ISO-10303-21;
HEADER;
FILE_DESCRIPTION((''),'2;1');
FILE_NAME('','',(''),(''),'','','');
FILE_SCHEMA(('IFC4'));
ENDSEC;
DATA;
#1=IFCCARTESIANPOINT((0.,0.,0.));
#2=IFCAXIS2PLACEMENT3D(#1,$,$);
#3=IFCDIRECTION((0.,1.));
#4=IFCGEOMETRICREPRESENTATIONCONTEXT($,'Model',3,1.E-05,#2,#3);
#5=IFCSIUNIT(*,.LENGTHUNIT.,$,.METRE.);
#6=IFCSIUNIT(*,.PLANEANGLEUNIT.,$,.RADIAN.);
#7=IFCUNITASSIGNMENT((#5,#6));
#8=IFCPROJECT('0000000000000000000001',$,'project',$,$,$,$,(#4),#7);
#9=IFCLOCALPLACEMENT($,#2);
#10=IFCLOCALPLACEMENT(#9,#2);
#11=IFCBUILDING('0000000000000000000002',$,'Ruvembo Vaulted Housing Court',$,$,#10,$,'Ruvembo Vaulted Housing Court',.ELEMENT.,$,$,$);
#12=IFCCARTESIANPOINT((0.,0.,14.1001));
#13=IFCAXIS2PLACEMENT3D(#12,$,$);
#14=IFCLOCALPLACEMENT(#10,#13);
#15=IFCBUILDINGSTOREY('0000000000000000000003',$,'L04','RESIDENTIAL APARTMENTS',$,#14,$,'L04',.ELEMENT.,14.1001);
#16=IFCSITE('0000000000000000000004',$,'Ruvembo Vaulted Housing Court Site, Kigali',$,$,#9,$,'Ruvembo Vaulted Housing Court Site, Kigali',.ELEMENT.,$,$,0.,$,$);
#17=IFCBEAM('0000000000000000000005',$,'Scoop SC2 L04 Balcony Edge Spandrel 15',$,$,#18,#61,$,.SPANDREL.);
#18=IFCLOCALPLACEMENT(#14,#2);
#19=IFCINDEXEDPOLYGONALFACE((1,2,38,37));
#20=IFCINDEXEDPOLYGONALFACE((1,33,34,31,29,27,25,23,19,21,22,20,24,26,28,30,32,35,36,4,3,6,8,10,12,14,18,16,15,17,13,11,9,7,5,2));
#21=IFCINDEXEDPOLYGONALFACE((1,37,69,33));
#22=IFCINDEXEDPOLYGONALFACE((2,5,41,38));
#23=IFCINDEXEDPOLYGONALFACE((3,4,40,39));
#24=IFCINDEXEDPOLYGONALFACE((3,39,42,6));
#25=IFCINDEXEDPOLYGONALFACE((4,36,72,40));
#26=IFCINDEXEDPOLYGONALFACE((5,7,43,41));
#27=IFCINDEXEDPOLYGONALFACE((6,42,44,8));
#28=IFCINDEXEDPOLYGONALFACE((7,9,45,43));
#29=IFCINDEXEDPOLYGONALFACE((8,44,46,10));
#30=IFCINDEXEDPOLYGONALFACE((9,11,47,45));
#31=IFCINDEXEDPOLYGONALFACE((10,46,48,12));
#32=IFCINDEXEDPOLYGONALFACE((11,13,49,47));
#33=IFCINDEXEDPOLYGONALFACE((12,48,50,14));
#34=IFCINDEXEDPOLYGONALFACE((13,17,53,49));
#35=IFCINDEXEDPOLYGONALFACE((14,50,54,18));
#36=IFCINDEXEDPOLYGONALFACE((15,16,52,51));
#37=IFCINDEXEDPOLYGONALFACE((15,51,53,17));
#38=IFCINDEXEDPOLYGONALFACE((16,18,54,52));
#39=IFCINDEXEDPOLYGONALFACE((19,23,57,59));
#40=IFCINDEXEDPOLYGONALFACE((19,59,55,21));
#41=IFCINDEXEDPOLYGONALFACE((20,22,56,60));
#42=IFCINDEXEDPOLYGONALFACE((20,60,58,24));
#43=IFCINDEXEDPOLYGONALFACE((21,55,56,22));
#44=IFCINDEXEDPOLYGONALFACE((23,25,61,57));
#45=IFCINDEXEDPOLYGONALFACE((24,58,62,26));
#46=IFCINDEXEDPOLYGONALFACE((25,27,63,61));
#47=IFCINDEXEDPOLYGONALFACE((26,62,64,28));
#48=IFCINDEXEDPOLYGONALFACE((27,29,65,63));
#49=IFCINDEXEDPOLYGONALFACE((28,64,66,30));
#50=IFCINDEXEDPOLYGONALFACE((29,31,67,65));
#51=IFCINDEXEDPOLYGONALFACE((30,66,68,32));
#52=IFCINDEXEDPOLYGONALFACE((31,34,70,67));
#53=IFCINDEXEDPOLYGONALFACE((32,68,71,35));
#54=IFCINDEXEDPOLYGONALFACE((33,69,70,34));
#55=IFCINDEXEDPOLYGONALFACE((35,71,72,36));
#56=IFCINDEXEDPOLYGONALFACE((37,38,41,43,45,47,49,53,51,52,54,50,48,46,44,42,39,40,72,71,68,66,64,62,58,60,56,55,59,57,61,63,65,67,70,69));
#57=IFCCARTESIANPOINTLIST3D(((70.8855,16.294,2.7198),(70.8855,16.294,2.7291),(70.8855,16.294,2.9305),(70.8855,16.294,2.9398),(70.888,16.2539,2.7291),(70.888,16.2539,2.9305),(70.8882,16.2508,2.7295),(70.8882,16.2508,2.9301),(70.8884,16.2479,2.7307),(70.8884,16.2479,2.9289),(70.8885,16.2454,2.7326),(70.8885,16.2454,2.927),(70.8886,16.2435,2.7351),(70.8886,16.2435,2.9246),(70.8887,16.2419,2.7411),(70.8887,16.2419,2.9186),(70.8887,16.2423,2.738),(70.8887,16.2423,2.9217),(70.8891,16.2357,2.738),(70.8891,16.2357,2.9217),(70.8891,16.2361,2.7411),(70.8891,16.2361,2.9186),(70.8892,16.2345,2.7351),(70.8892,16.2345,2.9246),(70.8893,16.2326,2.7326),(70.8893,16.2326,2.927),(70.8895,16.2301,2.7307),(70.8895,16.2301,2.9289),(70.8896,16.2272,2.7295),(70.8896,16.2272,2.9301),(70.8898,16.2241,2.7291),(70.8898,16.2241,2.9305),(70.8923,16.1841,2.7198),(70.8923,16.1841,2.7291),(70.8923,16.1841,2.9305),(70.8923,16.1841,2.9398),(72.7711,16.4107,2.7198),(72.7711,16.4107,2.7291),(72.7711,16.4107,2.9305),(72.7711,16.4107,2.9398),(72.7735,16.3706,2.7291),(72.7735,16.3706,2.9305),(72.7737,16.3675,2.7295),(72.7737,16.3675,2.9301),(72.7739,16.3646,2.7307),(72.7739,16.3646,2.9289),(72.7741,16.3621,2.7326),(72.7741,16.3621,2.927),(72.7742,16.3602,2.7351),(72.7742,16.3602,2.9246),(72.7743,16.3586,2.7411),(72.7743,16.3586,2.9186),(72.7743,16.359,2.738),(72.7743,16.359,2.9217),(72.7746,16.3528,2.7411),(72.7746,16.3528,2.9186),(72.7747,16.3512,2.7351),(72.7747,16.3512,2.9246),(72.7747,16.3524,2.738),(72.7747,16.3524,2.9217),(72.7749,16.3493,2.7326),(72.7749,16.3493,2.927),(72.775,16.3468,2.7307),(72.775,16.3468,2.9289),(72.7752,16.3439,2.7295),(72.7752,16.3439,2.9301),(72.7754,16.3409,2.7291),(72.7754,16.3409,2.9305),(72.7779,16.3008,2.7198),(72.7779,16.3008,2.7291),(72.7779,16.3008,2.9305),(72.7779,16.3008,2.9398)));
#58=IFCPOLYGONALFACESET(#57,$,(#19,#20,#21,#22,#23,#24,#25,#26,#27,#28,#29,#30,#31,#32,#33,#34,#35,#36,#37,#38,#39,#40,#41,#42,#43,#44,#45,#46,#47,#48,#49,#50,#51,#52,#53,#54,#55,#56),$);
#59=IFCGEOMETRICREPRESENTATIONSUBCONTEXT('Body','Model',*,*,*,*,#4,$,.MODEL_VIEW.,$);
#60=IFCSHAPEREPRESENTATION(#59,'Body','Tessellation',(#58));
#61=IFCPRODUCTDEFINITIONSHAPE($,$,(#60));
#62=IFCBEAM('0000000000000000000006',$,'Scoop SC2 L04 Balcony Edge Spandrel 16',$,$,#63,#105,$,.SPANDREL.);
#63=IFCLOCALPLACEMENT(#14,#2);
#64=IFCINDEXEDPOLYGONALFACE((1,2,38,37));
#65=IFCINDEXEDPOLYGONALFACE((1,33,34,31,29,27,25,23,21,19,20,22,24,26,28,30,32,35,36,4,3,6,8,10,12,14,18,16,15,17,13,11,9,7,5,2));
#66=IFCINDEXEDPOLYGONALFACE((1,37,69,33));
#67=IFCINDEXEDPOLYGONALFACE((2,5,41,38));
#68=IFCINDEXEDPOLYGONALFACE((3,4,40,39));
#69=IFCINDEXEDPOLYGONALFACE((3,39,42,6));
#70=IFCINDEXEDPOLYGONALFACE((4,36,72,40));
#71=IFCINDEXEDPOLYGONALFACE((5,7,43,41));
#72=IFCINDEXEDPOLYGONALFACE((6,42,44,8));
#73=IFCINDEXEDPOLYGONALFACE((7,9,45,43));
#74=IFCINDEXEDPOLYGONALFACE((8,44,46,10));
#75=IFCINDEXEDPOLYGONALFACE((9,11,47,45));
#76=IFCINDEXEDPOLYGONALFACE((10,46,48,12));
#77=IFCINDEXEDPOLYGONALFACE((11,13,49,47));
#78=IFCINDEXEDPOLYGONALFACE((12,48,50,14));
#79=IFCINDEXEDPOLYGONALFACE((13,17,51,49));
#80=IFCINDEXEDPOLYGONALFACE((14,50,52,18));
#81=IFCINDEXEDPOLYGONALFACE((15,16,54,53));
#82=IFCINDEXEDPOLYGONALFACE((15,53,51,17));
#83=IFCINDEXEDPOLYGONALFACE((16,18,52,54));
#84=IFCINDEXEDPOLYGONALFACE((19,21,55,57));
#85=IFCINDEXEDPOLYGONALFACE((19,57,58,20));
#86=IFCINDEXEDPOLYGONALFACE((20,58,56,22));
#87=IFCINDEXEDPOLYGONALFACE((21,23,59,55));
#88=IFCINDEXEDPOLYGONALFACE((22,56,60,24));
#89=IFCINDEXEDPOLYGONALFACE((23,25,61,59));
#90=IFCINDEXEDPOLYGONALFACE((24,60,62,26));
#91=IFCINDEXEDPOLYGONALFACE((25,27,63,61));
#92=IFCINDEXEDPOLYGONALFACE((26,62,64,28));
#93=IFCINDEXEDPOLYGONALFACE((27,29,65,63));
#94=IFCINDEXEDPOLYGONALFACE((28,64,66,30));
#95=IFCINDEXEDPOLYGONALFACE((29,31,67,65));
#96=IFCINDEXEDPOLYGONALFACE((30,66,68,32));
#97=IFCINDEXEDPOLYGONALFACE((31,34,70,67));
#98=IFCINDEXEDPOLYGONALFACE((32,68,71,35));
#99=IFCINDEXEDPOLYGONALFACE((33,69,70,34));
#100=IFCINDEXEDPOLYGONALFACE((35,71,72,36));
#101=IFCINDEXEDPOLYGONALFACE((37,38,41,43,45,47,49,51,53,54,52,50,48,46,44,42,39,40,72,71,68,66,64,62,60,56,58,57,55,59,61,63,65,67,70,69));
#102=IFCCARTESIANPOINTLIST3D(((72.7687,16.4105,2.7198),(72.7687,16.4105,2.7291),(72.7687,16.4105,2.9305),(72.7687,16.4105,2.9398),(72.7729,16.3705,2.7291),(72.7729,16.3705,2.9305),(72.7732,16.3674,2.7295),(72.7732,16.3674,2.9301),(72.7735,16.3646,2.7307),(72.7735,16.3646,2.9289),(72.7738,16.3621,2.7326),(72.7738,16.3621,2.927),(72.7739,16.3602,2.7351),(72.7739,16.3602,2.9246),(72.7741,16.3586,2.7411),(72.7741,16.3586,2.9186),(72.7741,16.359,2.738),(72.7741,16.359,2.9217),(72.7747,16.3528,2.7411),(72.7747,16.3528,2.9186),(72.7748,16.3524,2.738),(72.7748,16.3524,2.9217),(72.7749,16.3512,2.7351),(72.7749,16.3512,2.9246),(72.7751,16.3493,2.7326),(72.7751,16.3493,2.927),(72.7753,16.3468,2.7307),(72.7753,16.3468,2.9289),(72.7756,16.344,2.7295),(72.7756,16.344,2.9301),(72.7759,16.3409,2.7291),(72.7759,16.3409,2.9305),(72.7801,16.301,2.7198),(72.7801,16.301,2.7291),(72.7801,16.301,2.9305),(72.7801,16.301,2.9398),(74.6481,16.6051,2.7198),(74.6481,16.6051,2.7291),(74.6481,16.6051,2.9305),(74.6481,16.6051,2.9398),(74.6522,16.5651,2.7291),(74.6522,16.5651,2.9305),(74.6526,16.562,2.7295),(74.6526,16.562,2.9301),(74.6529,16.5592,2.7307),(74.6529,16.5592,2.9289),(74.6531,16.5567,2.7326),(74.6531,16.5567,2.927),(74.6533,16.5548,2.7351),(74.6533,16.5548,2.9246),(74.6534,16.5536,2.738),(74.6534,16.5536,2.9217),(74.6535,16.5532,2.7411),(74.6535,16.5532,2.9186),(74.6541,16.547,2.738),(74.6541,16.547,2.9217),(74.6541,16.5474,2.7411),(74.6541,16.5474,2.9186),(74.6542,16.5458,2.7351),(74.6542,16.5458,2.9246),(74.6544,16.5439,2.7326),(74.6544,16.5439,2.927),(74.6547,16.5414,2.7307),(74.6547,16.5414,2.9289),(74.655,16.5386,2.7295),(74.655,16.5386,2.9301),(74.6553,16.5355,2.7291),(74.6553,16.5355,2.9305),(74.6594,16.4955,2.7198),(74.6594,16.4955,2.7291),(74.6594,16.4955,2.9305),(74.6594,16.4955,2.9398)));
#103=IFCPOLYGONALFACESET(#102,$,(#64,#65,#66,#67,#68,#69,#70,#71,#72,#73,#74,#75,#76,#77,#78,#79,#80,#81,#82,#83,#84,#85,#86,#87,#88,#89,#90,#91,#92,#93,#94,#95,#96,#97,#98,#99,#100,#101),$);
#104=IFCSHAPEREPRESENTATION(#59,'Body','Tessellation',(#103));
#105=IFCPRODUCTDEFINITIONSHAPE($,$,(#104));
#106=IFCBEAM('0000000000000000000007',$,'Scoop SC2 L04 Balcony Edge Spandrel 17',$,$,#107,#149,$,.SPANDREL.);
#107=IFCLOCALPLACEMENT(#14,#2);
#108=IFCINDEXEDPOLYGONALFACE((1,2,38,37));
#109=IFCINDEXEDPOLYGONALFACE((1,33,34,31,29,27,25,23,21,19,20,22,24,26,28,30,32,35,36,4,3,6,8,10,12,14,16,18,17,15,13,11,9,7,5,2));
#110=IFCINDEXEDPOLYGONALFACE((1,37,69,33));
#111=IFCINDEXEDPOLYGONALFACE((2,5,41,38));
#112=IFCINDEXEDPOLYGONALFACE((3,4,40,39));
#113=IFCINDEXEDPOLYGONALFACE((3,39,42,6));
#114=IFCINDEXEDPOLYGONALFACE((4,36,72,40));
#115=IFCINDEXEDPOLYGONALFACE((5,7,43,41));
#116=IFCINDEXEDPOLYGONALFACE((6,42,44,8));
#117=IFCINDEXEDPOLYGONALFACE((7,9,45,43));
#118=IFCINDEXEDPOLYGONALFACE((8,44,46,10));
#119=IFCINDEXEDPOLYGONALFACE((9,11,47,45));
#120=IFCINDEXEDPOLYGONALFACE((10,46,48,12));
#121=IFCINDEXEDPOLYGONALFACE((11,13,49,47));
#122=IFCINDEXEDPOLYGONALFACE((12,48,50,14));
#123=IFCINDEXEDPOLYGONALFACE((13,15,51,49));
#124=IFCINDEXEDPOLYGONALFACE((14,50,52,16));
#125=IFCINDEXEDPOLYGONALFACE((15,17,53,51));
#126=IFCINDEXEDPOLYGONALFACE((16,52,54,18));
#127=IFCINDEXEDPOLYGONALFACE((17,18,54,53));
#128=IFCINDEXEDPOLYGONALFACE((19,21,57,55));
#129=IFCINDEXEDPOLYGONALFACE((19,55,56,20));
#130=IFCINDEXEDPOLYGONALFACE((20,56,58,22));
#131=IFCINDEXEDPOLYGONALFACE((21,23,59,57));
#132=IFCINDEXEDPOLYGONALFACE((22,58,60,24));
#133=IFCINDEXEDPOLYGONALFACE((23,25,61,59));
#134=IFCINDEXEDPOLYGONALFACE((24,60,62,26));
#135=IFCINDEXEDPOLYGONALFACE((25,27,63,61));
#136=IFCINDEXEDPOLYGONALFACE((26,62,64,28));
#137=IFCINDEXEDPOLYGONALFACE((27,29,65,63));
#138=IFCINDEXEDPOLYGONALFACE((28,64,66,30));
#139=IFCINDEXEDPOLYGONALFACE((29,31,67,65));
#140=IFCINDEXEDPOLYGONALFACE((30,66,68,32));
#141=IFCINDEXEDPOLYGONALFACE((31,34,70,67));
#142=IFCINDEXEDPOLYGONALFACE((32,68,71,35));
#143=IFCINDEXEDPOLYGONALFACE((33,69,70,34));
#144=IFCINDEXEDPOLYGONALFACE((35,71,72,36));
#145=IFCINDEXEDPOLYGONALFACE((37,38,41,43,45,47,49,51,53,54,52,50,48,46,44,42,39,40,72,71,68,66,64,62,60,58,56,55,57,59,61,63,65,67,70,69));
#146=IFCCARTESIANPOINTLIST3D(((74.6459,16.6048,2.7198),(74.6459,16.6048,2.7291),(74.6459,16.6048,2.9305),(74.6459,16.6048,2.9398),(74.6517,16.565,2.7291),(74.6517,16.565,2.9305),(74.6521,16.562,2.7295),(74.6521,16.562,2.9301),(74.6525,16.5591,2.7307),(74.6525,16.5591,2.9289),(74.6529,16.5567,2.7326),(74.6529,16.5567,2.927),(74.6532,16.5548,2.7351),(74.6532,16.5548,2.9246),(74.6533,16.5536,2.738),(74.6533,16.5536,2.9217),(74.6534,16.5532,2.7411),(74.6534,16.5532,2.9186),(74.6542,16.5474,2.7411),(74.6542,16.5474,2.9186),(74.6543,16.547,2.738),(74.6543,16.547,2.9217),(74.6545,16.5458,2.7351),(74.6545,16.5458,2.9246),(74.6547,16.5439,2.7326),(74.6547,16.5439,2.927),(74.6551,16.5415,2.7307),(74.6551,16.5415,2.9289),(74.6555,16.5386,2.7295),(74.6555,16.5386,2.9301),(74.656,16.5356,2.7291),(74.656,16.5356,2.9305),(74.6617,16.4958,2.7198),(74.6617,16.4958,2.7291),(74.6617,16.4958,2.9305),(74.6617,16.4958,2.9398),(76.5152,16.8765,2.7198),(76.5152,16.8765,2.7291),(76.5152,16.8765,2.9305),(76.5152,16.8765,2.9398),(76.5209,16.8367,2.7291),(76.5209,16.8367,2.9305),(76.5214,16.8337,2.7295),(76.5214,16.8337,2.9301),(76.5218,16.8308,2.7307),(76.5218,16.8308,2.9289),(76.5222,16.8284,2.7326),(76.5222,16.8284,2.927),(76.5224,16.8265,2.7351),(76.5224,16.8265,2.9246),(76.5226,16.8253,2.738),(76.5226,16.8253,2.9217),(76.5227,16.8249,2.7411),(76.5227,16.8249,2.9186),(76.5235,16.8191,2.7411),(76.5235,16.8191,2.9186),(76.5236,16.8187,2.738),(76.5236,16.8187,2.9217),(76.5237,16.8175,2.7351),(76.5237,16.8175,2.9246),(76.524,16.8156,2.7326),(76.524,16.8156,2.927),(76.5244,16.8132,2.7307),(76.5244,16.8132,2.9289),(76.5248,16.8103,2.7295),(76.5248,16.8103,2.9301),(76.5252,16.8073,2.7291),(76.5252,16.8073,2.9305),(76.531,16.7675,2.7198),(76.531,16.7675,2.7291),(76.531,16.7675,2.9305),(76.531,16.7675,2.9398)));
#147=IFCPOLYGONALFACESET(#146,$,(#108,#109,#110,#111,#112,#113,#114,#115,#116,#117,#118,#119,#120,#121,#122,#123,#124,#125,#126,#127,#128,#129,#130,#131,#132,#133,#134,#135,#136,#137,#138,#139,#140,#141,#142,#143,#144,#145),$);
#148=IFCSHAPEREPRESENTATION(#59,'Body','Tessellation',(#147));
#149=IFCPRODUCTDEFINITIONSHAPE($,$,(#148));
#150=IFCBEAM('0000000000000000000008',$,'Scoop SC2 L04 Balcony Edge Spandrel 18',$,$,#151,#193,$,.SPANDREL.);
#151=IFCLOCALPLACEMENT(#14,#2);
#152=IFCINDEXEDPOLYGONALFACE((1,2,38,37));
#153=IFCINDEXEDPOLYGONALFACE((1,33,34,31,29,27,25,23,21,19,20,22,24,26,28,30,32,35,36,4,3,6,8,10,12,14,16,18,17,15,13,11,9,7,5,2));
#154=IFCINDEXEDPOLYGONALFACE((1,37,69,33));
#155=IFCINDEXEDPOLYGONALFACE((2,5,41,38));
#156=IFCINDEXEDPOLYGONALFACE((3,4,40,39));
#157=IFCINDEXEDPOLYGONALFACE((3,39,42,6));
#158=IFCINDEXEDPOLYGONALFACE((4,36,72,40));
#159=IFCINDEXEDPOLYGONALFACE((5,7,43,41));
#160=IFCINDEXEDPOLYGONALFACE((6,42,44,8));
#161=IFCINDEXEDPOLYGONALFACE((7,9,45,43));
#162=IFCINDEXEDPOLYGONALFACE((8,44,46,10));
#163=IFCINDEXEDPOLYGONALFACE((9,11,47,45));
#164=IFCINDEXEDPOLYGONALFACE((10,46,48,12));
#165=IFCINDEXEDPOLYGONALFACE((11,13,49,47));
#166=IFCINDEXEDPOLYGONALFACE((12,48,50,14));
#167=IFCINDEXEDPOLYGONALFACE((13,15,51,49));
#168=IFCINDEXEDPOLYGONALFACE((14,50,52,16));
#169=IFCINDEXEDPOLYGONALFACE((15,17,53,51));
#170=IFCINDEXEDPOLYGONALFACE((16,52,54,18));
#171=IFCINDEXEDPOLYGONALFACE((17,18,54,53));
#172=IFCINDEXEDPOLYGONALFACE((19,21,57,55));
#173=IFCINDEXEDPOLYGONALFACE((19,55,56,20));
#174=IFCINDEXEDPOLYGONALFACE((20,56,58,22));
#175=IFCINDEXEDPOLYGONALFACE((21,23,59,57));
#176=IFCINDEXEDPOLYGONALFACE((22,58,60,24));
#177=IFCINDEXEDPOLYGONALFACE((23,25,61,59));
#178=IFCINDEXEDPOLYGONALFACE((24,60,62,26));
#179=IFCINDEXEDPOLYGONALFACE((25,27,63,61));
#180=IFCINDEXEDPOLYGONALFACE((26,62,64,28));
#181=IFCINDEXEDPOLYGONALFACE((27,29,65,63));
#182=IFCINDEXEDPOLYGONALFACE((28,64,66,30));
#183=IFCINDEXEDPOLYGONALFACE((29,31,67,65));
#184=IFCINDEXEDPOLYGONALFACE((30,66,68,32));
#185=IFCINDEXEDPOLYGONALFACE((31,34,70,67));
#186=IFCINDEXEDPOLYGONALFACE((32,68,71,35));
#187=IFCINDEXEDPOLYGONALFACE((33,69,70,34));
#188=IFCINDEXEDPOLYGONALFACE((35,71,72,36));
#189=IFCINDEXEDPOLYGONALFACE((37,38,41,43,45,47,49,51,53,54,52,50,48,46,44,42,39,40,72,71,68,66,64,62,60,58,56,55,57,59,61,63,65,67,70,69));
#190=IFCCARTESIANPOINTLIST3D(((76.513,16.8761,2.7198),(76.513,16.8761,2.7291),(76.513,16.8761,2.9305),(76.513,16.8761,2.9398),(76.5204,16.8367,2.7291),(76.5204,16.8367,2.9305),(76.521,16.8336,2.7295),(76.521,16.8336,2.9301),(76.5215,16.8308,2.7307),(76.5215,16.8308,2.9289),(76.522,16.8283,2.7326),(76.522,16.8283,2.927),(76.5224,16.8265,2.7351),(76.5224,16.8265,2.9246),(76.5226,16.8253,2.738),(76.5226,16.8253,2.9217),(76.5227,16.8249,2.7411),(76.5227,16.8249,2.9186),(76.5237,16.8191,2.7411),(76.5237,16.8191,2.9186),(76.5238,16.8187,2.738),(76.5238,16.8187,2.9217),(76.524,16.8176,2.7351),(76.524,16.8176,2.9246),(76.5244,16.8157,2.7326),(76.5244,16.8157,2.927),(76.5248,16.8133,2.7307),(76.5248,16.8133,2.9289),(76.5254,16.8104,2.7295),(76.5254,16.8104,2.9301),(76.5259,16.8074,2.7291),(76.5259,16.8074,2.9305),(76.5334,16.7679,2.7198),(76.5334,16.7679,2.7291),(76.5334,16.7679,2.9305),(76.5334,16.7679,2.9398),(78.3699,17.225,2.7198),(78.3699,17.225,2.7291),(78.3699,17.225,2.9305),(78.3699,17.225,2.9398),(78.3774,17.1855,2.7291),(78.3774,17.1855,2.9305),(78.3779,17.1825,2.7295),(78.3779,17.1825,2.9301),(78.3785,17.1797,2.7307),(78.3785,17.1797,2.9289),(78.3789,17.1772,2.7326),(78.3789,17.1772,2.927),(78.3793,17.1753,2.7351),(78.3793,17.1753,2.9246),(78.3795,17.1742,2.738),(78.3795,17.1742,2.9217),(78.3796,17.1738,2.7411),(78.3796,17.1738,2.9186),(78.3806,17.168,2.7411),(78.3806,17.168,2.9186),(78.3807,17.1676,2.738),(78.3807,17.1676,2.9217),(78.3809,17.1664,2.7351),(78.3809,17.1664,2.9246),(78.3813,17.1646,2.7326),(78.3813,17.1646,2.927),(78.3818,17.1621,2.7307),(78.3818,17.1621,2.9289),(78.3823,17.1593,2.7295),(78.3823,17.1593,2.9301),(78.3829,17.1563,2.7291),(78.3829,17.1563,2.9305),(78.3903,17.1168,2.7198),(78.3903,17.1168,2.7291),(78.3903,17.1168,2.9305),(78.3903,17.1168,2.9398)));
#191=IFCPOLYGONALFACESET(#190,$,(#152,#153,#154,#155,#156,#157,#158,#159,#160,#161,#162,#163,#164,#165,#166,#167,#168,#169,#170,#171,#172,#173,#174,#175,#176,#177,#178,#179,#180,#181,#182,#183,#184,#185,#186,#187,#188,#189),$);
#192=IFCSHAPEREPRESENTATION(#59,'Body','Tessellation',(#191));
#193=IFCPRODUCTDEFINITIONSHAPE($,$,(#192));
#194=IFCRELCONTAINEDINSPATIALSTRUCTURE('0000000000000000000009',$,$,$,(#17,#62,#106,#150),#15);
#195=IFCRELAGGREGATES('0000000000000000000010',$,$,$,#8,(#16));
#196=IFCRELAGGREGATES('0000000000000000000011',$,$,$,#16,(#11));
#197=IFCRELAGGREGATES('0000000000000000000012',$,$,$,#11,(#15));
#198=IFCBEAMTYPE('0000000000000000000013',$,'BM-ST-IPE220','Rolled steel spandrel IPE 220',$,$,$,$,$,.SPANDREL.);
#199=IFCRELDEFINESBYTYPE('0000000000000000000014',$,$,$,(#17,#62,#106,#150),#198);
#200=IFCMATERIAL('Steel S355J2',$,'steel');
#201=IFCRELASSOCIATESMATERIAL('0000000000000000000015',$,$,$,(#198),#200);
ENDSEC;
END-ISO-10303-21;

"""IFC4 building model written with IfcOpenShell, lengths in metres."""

from ifc_helpers import new_model, si_unit, direction, frame, origin, origin_2d, place, context, subcontext, project, spatial, i_section, extrude, material, material_profile, profile_set, type_object, element, save


model = new_model("IFC4")

# Units and contexts
model_context = context("Model", 3, precision=1e-05, world=origin(), true_north=direction((0.0, 1.0)))
body_context = subcontext(model_context, "Body", "Model", "MODEL_VIEW")
ifc_project = project(units=[si_unit("LENGTHUNIT", "METRE"), si_unit("PLANEANGLEUNIT", "RADIAN")], contexts=[model_context])

# Site, building, storey
site_placement = place(None, origin())
site = spatial("IfcSite", under=ifc_project, at=site_placement, Name="Ruvembo Vaulted Housing Court Site, Kigali", LongName="Ruvembo Vaulted Housing Court Site, Kigali", CompositionType="ELEMENT", RefElevation=0.0)
building_placement = place(site_placement, origin())
building = spatial("IfcBuilding", under=site, at=building_placement, Name="Ruvembo Vaulted Housing Court", LongName="Ruvembo Vaulted Housing Court", CompositionType="ELEMENT")
storey_placement = place(building_placement, frame((0.0, 0.0, 14.1001)))
storey = spatial("IfcBuildingStorey", under=building, at=storey_placement, Name="L04", Description="RESIDENTIAL APARTMENTS", LongName="L04", CompositionType="ELEMENT", Elevation=14.1001)

# Beams
ifc_material_1 = material(Name="Steel S355J2", Category="steel")
ifc_material_profile_1 = material_profile(ifc_material_1, i_section(OverallWidth=0.1101, OverallDepth=0.22, WebThickness=0.0059, FlangeThickness=0.0093, FilletRadius=0.012, at=origin_2d()), Name="IPE 220")
ifc_profile_set_1 = profile_set([ifc_material_profile_1], Name="Steel S355J2")
beam_type = type_object("IfcBeamType", Name="BM-ST-IPE220", Description="Rolled steel spandrel IPE 220", PredefinedType="SPANDREL", material=ifc_profile_set_1)
beam_1_placement = place(storey_placement, frame((70.8889, 16.239, 2.8298), z_axis=(0.99809, 0.061775, 0.0), x_axis=(-0.061775, 0.99809, 0.0)))
element("IfcBeam", 1, at=beam_1_placement, inside=storey, type_object=beam_type, Name="Scoop SC2 L04 Balcony Edge Spandrel 15", PredefinedType="SPANDREL", context=body_context, shape_type="SweptSolid", body=[
    extrude(i_section(OverallWidth=0.1101, OverallDepth=0.22, WebThickness=0.0059, FlangeThickness=0.0093, FilletRadius=0.012, at=origin_2d()), origin(), (0.0, 0.0, 1.0), 1.8892),
])
beam_2_placement = place(storey_placement, frame((72.7744, 16.3557, 2.8298), z_axis=(0.994683, 0.102983, 0.0), x_axis=(-0.102983, 0.994683, 0.0)))
element("IfcBeam", 2, at=beam_2_placement, inside=storey, type_object=beam_type, Name="Scoop SC2 L04 Balcony Edge Spandrel 16", PredefinedType="SPANDREL", context=body_context, shape_type="SweptSolid", body=[
    extrude(i_section(OverallWidth=0.1101, OverallDepth=0.22, WebThickness=0.0059, FlangeThickness=0.0093, FilletRadius=0.012, at=origin_2d()), origin(), (0.0, 0.0, 1.0), 1.8894),
])
beam_3_placement = place(storey_placement, frame((74.6538, 16.5503, 2.8298), z_axis=(0.9896, 0.143845, 0.0), x_axis=(-0.143845, 0.9896, 0.0)))
element("IfcBeam", 3, at=beam_3_placement, inside=storey, type_object=beam_type, Name="Scoop SC2 L04 Balcony Edge Spandrel 17", PredefinedType="SPANDREL", context=body_context, shape_type="SweptSolid", body=[
    extrude(i_section(OverallWidth=0.1101, OverallDepth=0.22, WebThickness=0.0059, FlangeThickness=0.0093, FilletRadius=0.012, at=origin_2d()), origin(), (0.0, 0.0, 1.0), 1.8889),
])
beam_4_placement = place(storey_placement, frame((76.5232, 16.822, 2.8298), z_axis=(0.982805, 0.184647, 0.0), x_axis=(-0.184647, 0.982805, 0.0)))
element("IfcBeam", 4, at=beam_4_placement, inside=storey, type_object=beam_type, Name="Scoop SC2 L04 Balcony Edge Spandrel 18", PredefinedType="SPANDREL", context=body_context, shape_type="SweptSolid", body=[
    extrude(i_section(OverallWidth=0.1101, OverallDepth=0.22, WebThickness=0.0059, FlangeThickness=0.0093, FilletRadius=0.012, at=origin_2d()), origin(), (0.0, 0.0, 1.0), 1.8894),
])

save(model, "model.ifc")
